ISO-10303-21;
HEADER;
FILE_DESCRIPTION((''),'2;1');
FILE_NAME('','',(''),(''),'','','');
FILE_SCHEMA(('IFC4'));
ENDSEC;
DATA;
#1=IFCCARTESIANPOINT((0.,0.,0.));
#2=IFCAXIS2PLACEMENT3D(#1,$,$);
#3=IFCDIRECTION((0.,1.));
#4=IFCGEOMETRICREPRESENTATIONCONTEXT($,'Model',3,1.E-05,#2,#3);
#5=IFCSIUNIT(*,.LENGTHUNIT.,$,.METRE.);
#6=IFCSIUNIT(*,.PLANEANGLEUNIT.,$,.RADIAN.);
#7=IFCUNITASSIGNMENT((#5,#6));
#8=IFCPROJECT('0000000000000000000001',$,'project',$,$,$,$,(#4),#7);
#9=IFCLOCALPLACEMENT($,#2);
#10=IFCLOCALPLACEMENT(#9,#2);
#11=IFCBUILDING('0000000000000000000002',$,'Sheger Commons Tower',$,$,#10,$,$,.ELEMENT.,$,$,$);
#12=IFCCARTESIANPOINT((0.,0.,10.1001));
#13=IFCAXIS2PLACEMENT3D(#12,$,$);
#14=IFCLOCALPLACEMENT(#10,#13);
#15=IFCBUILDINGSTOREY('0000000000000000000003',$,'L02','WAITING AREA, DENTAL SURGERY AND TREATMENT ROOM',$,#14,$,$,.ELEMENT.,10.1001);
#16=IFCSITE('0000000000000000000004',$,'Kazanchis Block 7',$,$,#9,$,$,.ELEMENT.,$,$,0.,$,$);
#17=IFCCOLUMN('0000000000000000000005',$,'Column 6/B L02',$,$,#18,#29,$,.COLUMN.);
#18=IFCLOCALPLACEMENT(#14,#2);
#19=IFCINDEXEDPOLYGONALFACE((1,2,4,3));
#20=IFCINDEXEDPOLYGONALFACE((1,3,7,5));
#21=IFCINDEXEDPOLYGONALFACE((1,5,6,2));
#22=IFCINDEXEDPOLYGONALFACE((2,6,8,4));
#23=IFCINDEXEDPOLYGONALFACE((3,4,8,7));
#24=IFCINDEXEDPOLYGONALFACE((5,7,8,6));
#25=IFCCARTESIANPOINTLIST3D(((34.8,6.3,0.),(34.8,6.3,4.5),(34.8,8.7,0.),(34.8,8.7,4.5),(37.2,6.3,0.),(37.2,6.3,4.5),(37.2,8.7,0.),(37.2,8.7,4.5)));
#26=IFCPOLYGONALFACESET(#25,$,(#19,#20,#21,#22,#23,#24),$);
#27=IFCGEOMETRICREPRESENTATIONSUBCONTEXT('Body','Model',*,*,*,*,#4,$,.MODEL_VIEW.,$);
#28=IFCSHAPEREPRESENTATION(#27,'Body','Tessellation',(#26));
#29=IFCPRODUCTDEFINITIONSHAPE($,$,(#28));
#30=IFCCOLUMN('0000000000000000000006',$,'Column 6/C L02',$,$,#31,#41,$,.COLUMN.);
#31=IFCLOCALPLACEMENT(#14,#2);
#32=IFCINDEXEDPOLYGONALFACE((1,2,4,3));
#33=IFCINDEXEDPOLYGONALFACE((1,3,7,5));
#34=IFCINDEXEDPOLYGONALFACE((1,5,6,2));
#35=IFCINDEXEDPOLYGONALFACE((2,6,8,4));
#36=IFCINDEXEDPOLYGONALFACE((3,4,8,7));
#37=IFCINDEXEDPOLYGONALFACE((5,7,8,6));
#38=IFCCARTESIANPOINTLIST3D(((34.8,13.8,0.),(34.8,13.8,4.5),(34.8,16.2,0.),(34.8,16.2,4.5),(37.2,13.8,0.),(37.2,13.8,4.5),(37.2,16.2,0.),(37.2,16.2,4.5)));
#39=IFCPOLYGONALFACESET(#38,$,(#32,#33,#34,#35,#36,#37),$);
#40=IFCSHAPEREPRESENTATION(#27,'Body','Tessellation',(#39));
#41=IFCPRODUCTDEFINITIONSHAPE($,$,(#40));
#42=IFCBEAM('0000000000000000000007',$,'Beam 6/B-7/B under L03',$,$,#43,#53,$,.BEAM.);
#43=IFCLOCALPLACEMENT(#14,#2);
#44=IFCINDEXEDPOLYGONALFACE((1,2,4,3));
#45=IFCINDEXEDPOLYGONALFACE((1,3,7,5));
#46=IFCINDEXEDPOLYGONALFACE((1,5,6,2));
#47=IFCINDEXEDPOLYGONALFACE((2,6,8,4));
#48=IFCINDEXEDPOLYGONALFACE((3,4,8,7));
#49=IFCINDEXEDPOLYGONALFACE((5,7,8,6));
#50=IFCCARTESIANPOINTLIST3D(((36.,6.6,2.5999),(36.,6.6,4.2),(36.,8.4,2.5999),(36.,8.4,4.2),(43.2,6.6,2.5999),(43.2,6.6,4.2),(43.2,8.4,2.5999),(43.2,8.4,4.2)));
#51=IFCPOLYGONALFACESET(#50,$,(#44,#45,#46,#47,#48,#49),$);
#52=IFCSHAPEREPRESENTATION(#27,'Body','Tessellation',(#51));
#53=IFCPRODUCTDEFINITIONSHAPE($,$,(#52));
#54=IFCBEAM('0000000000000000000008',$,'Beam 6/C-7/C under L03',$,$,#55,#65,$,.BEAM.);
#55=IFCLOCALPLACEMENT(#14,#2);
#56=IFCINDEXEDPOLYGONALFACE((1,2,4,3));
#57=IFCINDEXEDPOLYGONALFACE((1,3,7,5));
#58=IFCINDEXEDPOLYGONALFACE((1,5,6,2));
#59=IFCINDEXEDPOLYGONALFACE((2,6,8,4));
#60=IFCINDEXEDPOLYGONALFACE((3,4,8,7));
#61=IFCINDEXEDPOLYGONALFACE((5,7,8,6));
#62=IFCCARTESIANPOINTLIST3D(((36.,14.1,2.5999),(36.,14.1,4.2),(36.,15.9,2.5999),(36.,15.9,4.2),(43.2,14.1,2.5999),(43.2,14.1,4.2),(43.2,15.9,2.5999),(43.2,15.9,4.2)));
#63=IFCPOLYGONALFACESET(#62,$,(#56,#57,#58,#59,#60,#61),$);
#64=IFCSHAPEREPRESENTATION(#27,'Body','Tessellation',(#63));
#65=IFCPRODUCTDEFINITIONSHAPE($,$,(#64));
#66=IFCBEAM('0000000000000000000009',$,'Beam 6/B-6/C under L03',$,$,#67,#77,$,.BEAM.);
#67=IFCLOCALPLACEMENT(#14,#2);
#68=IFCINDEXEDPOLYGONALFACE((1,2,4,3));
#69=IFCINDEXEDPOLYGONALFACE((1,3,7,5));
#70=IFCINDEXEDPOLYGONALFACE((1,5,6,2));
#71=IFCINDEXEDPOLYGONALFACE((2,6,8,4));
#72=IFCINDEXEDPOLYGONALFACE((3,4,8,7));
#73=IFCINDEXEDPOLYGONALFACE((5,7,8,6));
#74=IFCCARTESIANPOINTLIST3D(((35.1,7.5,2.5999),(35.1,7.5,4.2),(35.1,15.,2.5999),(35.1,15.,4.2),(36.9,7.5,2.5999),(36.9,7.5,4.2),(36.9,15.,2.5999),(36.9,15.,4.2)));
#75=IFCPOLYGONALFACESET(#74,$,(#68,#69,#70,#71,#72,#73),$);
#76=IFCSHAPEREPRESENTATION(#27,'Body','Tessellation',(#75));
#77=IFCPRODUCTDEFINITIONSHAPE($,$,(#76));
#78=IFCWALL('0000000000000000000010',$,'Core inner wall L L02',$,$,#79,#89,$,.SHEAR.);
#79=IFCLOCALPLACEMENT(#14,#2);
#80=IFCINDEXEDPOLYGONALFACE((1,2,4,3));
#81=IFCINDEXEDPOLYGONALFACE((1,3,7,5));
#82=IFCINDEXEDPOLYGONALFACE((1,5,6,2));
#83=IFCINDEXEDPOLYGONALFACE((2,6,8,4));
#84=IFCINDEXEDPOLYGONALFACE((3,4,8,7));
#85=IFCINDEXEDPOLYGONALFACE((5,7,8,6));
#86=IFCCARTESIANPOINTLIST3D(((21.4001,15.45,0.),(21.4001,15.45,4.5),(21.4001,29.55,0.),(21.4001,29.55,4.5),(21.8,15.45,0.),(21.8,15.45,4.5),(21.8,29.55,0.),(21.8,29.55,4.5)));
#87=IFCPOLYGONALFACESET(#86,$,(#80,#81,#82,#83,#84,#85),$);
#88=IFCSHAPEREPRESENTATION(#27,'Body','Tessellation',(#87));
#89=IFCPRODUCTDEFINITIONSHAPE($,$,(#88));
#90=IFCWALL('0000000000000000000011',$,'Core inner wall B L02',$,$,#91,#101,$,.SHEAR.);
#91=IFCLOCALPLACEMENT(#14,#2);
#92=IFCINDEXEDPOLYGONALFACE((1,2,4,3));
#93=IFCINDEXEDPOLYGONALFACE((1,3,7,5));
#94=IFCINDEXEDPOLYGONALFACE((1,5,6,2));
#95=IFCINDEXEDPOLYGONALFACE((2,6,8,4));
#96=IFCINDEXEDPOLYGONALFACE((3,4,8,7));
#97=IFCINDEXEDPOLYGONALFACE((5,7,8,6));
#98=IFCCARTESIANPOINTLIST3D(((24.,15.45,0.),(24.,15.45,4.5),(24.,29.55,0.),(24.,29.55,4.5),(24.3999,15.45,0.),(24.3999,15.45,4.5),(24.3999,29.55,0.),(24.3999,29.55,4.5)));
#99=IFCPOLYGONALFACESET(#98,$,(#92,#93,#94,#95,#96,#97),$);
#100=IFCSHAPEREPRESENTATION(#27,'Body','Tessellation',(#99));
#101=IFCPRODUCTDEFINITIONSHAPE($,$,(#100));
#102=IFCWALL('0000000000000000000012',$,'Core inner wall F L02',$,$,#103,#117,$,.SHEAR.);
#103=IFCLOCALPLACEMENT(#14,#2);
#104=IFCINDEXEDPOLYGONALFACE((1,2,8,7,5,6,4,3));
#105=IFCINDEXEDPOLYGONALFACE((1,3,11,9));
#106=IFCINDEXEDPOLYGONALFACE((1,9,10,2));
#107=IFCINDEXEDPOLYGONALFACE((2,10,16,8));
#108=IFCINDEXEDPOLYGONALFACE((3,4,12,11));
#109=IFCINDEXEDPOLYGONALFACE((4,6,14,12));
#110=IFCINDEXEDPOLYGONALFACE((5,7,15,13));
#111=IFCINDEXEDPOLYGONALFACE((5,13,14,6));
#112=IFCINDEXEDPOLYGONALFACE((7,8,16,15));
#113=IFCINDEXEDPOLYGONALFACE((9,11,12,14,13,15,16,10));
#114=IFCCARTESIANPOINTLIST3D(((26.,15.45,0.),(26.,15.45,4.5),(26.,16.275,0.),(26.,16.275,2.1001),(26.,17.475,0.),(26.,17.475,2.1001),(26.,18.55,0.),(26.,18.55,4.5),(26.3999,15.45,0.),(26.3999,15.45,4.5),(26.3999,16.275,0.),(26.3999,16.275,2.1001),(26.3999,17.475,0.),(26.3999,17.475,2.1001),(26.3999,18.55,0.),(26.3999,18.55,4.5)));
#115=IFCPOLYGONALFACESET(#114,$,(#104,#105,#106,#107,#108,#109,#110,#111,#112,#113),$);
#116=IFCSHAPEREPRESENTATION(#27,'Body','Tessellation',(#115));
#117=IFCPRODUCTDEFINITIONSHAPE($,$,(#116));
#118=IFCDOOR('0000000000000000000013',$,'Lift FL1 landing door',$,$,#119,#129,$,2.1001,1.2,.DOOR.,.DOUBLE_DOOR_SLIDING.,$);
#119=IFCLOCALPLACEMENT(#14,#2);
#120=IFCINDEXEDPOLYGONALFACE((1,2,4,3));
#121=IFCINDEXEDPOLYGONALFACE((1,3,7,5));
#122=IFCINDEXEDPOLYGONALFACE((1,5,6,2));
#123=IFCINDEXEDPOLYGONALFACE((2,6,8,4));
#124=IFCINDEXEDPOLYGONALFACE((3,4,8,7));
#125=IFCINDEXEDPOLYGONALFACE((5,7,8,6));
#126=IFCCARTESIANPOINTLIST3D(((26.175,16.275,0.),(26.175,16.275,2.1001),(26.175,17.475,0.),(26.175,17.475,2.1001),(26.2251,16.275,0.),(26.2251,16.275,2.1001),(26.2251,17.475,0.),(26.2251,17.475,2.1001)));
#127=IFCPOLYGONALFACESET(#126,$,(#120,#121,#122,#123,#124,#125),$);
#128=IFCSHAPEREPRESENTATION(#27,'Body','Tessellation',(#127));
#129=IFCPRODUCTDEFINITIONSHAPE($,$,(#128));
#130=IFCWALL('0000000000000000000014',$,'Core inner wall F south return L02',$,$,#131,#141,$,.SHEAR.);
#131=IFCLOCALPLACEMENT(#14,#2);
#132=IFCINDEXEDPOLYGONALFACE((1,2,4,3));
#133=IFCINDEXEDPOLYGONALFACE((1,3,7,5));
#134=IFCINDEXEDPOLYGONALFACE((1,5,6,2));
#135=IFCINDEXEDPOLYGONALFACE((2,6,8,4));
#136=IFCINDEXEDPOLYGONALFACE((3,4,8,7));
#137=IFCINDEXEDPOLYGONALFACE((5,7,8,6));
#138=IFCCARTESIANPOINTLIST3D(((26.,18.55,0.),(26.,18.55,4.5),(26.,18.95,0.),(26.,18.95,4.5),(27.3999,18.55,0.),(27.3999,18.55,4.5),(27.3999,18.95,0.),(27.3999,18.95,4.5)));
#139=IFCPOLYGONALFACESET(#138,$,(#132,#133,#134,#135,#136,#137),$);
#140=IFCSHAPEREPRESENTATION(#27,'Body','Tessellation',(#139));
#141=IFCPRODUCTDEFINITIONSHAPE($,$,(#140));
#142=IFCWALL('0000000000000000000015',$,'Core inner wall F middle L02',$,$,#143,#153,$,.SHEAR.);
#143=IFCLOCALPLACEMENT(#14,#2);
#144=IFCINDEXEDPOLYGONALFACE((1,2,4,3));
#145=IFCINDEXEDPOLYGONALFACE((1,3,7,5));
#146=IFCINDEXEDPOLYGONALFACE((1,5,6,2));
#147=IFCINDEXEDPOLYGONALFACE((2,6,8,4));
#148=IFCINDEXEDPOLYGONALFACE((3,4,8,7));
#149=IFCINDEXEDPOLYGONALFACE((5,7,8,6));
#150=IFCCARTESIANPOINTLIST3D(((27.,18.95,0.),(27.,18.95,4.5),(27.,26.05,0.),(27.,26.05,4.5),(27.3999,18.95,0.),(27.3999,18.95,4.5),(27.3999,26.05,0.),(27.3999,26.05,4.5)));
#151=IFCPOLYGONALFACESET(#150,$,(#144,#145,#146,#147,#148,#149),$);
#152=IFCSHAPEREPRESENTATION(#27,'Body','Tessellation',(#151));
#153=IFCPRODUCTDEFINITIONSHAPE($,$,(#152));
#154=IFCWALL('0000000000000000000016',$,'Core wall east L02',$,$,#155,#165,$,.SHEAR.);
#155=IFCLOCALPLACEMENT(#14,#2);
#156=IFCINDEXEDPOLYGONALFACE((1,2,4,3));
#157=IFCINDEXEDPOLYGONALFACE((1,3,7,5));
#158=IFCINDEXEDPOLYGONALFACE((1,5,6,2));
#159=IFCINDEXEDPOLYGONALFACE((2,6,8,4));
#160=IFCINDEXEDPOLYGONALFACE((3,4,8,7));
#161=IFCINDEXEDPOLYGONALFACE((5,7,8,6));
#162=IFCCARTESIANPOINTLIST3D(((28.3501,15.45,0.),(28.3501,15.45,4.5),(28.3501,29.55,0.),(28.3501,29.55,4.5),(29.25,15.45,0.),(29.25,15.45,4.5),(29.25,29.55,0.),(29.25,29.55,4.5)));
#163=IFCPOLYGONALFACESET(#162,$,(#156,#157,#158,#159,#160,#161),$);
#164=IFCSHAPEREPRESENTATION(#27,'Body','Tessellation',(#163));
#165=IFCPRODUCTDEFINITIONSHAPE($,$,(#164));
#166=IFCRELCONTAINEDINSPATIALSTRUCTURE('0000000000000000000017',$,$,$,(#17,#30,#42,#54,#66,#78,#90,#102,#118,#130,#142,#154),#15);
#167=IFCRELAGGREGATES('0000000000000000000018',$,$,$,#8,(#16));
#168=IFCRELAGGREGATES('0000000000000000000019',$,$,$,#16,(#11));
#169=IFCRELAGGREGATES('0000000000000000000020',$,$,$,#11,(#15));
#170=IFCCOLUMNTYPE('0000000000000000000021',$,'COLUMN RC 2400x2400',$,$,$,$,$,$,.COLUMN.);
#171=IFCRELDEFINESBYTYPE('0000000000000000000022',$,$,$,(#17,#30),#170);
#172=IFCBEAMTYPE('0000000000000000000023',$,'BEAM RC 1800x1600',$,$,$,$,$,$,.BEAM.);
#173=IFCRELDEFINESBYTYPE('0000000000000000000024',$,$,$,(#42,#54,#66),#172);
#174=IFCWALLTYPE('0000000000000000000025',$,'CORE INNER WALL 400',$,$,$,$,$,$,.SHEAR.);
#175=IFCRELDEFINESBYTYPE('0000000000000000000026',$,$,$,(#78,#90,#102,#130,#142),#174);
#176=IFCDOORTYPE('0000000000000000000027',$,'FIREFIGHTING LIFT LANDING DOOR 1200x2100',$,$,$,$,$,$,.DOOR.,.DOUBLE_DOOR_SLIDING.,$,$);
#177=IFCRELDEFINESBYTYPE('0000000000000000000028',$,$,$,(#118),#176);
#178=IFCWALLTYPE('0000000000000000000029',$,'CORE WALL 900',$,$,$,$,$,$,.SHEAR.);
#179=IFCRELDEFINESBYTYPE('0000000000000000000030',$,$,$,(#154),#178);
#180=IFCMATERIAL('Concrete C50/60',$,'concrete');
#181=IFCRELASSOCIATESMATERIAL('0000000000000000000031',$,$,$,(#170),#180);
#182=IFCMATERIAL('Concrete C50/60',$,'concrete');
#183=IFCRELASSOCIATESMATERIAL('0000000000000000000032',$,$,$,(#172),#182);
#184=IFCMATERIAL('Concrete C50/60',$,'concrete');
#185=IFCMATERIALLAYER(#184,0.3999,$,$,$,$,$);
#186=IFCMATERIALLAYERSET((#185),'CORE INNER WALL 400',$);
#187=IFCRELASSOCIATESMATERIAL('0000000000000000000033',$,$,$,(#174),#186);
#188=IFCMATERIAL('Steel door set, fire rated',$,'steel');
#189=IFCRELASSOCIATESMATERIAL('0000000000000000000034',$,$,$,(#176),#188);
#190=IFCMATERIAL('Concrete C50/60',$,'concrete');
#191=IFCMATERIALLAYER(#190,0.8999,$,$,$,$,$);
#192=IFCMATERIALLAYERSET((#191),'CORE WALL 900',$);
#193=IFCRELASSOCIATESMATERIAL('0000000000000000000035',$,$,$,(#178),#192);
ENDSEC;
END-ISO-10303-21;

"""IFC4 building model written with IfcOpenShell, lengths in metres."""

from ifc_helpers import new_model, si_unit, direction, frame, frame_2d, origin, origin_2d, place, context, subcontext, project, spatial, rectangle, extrude, material, layer, layer_set, material_profile, profile_set, type_object, element, fill, save


model = new_model("IFC4")

# Units and contexts
model_context = context("Model", 3, precision=1e-05, world=origin(), true_north=direction((0.0, 1.0)))
body_context = subcontext(model_context, "Body", "Model", "MODEL_VIEW")
ifc_project = project(units=[si_unit("LENGTHUNIT", "METRE"), si_unit("PLANEANGLEUNIT", "RADIAN")], contexts=[model_context])

# Site, building, storey
site_placement = place(None, origin())
site = spatial("IfcSite", under=ifc_project, at=site_placement, Name="Kazanchis Block 7", CompositionType="ELEMENT", RefElevation=0.0)
building_placement = place(site_placement, origin())
building = spatial("IfcBuilding", under=site, at=building_placement, Name="Sheger Commons Tower", CompositionType="ELEMENT")
storey_placement = place(building_placement, frame((0.0, 0.0, 10.1001)))
storey = spatial("IfcBuildingStorey", under=building, at=storey_placement, Name="L02", Description="WAITING AREA, DENTAL SURGERY AND TREATMENT ROOM", CompositionType="ELEMENT", Elevation=10.1001)

# Columns
ifc_material_1 = material(Name="Concrete C50/60", Category="concrete")
ifc_material_profile_1 = material_profile(ifc_material_1, rectangle(XDim=2.3999, YDim=2.3999, at=origin_2d()), Name="RC 2400x2400")
ifc_profile_set_1 = profile_set([ifc_material_profile_1], Name="Concrete C50/60")
column_type = type_object("IfcColumnType", Name="COLUMN RC 2400x2400", PredefinedType="COLUMN", material=ifc_profile_set_1)
for number, where, z_axis, x_axis, name in (
    (1, (36.0, 7.5, 0.0), (0.0, 0.0, 1.0), (1.0, 0.0, 0.0), "Column 6/B L02"),
    (2, (36.0, 15.0, 0.0), (0.0, 0.0, 1.0), (1.0, 0.0, 0.0), "Column 6/C L02"),
):
    element("IfcColumn", number, at=place(storey_placement, frame(where, z_axis=z_axis, x_axis=x_axis)), inside=storey, type_object=column_type, Name=name, PredefinedType="COLUMN", context=body_context, shape_type="SweptSolid", body=[
        extrude(rectangle(XDim=2.3999, YDim=2.3999, at=origin_2d()), origin(), (0.0, 0.0, 1.0), 4.5),
    ])

# Beams
ifc_material_2 = material(Name="Concrete C50/60", Category="concrete")
ifc_material_profile_2 = material_profile(ifc_material_2, rectangle(XDim=1.8, YDim=1.6001, at=origin_2d()), Name="RC 1800x1600")
ifc_profile_set_2 = profile_set([ifc_material_profile_2], Name="Concrete C50/60")
beam_type = type_object("IfcBeamType", Name="BEAM RC 1800x1600", PredefinedType="BEAM", material=ifc_profile_set_2)
for number, where, z_axis, x_axis, name in (
    (3, (36.0, 7.5, 3.3999), (1.0, 0.0, 0.0), (0.0, 1.0, 0.0), "Beam 6/B-7/B under L03"),
    (4, (36.0, 15.0, 3.3999), (1.0, 0.0, 0.0), (0.0, 1.0, 0.0), "Beam 6/C-7/C under L03"),
):
    element("IfcBeam", number, at=place(storey_placement, frame(where, z_axis=z_axis, x_axis=x_axis)), inside=storey, type_object=beam_type, Name=name, PredefinedType="BEAM", context=body_context, shape_type="SweptSolid", body=[
        extrude(rectangle(XDim=1.8, YDim=1.6001, at=origin_2d()), origin(), (0.0, 0.0, 1.0), 7.2),
    ])
beam_placement = place(storey_placement, frame((36.0, 7.5, 3.3999), z_axis=(0.0, 1.0, 0.0), x_axis=(-1.0, 0.0, 0.0)))
element("IfcBeam", 5, at=beam_placement, inside=storey, type_object=beam_type, Name="Beam 6/B-6/C under L03", PredefinedType="BEAM", context=body_context, shape_type="SweptSolid", body=[
    extrude(rectangle(XDim=1.8, YDim=1.6001, at=origin_2d()), origin(), (0.0, 0.0, 1.0), 7.5),
])

# Walls
ifc_material_3 = material(Name="Concrete C50/60", Category="concrete")
ifc_layer_1 = layer(ifc_material_3, 0.3999)
ifc_layer_set_1 = layer_set([ifc_layer_1], Name="CORE INNER WALL 400")
wall_type_1 = type_object("IfcWallType", Name="CORE INNER WALL 400", PredefinedType="SHEAR", material=ifc_layer_set_1)
for number, where, z_axis, x_axis, name in (
    (6, (21.6001, 15.45, 0.0), (0.0, 0.0, 1.0), (0.0, 1.0, 0.0), "Core inner wall L L02"),
    (7, (24.2, 15.45, 0.0), (0.0, 0.0, 1.0), (0.0, 1.0, 0.0), "Core inner wall B L02"),
):
    element("IfcWall", number, at=place(storey_placement, frame(where, z_axis=z_axis, x_axis=x_axis)), inside=storey, type_object=wall_type_1, Name=name, PredefinedType="SHEAR", context=body_context, shape_type="SweptSolid", body=[
        extrude(rectangle(XDim=14.1001, YDim=0.3999, at=frame_2d((7.05, 0.0))), origin(), (0.0, 0.0, 1.0), 4.5),
    ])

# Wall, opening, door
wall_1_placement = place(storey_placement, frame((26.2, 15.45, 0.0), z_axis=(0.0, 0.0, 1.0), x_axis=(0.0, 1.0, 0.0)))
wall_1 = element("IfcWall", 8, at=wall_1_placement, inside=storey, type_object=wall_type_1, Name="Core inner wall F L02", PredefinedType="SHEAR", context=body_context, shape_type="SweptSolid", body=[
    extrude(rectangle(XDim=3.1001, YDim=0.3999, at=frame_2d((1.55, 0.0))), origin(), (0.0, 0.0, 1.0), 4.5),
])
opening_1_placement = place(wall_1_placement, frame((0.825, 0.0, 0.0)))
opening_1 = element("IfcOpeningElement", 9, at=opening_1_placement, cuts=wall_1, PredefinedType="OPENING", context=body_context, shape_type="SweptSolid", body=[
    extrude(rectangle(XDim=1.2, YDim=2.1001, at=frame_2d((0.6001, 1.05))), frame((0.0, 0.21, 0.0), z_axis=(0.0, -1.0, 0.0), x_axis=(1.0, 0.0, 0.0)), (0.0, 0.0, 1.0), 0.4199),
])
ifc_material_4 = material(Name="Steel door set, fire rated", Category="steel")
door_type_1 = type_object("IfcDoorType", Name="FIREFIGHTING LIFT LANDING DOOR 1200x2100", OperationType="DOUBLE_DOOR_SLIDING", PredefinedType="DOOR", material=ifc_material_4)
door_1_placement = place(opening_1_placement, origin())
door_1 = element("IfcDoor", 10, at=door_1_placement, inside=storey, type_object=door_type_1, Name="Lift FL1 landing door", OperationType="DOUBLE_DOOR_SLIDING", OverallHeight=2.1001, OverallWidth=1.2, PredefinedType="DOOR", context=body_context, shape_type="SweptSolid", body=[
    extrude(rectangle(XDim=1.2, YDim=2.1001, at=frame_2d((0.6001, 1.05))), frame((0.0, 0.0249, 0.0), z_axis=(0.0, -1.0, 0.0), x_axis=(1.0, 0.0, 0.0)), (0.0, 0.0, 1.0), 0.05),
])
fill(opening_1, door_1)

# Walls
wall_2_placement = place(storey_placement, frame((26.0, 18.75, 0.0), z_axis=(0.0, 0.0, 1.0), x_axis=(1.0, 0.0, 0.0)))
element("IfcWall", 11, at=wall_2_placement, inside=storey, type_object=wall_type_1, Name="Core inner wall F south return L02", PredefinedType="SHEAR", context=body_context, shape_type="SweptSolid", body=[
    extrude(rectangle(XDim=1.3999, YDim=0.3999, at=frame_2d((0.7, 0.0))), origin(), (0.0, 0.0, 1.0), 4.5),
])
wall_3_placement = place(storey_placement, frame((27.2, 18.95, 0.0), z_axis=(0.0, 0.0, 1.0), x_axis=(0.0, 1.0, 0.0)))
element("IfcWall", 12, at=wall_3_placement, inside=storey, type_object=wall_type_1, Name="Core inner wall F middle L02", PredefinedType="SHEAR", context=body_context, shape_type="SweptSolid", body=[
    extrude(rectangle(XDim=7.1001, YDim=0.3999, at=frame_2d((3.55, 0.0))), origin(), (0.0, 0.0, 1.0), 4.5),
])
ifc_material_5 = material(Name="Concrete C50/60", Category="concrete")
ifc_layer_2 = layer(ifc_material_5, 0.8999)
ifc_layer_set_2 = layer_set([ifc_layer_2], Name="CORE WALL 900")
wall_type_2 = type_object("IfcWallType", Name="CORE WALL 900", PredefinedType="SHEAR", material=ifc_layer_set_2)
wall_4_placement = place(storey_placement, frame((28.8, 15.45, 0.0), z_axis=(0.0, 0.0, 1.0), x_axis=(0.0, 1.0, 0.0)))
element("IfcWall", 13, at=wall_4_placement, inside=storey, type_object=wall_type_2, Name="Core wall east L02", PredefinedType="SHEAR", context=body_context, shape_type="SweptSolid", body=[
    extrude(rectangle(XDim=14.1001, YDim=0.8999, at=frame_2d((7.05, 0.0))), origin(), (0.0, 0.0, 1.0), 4.5),
])

save(model, "model.ifc")
